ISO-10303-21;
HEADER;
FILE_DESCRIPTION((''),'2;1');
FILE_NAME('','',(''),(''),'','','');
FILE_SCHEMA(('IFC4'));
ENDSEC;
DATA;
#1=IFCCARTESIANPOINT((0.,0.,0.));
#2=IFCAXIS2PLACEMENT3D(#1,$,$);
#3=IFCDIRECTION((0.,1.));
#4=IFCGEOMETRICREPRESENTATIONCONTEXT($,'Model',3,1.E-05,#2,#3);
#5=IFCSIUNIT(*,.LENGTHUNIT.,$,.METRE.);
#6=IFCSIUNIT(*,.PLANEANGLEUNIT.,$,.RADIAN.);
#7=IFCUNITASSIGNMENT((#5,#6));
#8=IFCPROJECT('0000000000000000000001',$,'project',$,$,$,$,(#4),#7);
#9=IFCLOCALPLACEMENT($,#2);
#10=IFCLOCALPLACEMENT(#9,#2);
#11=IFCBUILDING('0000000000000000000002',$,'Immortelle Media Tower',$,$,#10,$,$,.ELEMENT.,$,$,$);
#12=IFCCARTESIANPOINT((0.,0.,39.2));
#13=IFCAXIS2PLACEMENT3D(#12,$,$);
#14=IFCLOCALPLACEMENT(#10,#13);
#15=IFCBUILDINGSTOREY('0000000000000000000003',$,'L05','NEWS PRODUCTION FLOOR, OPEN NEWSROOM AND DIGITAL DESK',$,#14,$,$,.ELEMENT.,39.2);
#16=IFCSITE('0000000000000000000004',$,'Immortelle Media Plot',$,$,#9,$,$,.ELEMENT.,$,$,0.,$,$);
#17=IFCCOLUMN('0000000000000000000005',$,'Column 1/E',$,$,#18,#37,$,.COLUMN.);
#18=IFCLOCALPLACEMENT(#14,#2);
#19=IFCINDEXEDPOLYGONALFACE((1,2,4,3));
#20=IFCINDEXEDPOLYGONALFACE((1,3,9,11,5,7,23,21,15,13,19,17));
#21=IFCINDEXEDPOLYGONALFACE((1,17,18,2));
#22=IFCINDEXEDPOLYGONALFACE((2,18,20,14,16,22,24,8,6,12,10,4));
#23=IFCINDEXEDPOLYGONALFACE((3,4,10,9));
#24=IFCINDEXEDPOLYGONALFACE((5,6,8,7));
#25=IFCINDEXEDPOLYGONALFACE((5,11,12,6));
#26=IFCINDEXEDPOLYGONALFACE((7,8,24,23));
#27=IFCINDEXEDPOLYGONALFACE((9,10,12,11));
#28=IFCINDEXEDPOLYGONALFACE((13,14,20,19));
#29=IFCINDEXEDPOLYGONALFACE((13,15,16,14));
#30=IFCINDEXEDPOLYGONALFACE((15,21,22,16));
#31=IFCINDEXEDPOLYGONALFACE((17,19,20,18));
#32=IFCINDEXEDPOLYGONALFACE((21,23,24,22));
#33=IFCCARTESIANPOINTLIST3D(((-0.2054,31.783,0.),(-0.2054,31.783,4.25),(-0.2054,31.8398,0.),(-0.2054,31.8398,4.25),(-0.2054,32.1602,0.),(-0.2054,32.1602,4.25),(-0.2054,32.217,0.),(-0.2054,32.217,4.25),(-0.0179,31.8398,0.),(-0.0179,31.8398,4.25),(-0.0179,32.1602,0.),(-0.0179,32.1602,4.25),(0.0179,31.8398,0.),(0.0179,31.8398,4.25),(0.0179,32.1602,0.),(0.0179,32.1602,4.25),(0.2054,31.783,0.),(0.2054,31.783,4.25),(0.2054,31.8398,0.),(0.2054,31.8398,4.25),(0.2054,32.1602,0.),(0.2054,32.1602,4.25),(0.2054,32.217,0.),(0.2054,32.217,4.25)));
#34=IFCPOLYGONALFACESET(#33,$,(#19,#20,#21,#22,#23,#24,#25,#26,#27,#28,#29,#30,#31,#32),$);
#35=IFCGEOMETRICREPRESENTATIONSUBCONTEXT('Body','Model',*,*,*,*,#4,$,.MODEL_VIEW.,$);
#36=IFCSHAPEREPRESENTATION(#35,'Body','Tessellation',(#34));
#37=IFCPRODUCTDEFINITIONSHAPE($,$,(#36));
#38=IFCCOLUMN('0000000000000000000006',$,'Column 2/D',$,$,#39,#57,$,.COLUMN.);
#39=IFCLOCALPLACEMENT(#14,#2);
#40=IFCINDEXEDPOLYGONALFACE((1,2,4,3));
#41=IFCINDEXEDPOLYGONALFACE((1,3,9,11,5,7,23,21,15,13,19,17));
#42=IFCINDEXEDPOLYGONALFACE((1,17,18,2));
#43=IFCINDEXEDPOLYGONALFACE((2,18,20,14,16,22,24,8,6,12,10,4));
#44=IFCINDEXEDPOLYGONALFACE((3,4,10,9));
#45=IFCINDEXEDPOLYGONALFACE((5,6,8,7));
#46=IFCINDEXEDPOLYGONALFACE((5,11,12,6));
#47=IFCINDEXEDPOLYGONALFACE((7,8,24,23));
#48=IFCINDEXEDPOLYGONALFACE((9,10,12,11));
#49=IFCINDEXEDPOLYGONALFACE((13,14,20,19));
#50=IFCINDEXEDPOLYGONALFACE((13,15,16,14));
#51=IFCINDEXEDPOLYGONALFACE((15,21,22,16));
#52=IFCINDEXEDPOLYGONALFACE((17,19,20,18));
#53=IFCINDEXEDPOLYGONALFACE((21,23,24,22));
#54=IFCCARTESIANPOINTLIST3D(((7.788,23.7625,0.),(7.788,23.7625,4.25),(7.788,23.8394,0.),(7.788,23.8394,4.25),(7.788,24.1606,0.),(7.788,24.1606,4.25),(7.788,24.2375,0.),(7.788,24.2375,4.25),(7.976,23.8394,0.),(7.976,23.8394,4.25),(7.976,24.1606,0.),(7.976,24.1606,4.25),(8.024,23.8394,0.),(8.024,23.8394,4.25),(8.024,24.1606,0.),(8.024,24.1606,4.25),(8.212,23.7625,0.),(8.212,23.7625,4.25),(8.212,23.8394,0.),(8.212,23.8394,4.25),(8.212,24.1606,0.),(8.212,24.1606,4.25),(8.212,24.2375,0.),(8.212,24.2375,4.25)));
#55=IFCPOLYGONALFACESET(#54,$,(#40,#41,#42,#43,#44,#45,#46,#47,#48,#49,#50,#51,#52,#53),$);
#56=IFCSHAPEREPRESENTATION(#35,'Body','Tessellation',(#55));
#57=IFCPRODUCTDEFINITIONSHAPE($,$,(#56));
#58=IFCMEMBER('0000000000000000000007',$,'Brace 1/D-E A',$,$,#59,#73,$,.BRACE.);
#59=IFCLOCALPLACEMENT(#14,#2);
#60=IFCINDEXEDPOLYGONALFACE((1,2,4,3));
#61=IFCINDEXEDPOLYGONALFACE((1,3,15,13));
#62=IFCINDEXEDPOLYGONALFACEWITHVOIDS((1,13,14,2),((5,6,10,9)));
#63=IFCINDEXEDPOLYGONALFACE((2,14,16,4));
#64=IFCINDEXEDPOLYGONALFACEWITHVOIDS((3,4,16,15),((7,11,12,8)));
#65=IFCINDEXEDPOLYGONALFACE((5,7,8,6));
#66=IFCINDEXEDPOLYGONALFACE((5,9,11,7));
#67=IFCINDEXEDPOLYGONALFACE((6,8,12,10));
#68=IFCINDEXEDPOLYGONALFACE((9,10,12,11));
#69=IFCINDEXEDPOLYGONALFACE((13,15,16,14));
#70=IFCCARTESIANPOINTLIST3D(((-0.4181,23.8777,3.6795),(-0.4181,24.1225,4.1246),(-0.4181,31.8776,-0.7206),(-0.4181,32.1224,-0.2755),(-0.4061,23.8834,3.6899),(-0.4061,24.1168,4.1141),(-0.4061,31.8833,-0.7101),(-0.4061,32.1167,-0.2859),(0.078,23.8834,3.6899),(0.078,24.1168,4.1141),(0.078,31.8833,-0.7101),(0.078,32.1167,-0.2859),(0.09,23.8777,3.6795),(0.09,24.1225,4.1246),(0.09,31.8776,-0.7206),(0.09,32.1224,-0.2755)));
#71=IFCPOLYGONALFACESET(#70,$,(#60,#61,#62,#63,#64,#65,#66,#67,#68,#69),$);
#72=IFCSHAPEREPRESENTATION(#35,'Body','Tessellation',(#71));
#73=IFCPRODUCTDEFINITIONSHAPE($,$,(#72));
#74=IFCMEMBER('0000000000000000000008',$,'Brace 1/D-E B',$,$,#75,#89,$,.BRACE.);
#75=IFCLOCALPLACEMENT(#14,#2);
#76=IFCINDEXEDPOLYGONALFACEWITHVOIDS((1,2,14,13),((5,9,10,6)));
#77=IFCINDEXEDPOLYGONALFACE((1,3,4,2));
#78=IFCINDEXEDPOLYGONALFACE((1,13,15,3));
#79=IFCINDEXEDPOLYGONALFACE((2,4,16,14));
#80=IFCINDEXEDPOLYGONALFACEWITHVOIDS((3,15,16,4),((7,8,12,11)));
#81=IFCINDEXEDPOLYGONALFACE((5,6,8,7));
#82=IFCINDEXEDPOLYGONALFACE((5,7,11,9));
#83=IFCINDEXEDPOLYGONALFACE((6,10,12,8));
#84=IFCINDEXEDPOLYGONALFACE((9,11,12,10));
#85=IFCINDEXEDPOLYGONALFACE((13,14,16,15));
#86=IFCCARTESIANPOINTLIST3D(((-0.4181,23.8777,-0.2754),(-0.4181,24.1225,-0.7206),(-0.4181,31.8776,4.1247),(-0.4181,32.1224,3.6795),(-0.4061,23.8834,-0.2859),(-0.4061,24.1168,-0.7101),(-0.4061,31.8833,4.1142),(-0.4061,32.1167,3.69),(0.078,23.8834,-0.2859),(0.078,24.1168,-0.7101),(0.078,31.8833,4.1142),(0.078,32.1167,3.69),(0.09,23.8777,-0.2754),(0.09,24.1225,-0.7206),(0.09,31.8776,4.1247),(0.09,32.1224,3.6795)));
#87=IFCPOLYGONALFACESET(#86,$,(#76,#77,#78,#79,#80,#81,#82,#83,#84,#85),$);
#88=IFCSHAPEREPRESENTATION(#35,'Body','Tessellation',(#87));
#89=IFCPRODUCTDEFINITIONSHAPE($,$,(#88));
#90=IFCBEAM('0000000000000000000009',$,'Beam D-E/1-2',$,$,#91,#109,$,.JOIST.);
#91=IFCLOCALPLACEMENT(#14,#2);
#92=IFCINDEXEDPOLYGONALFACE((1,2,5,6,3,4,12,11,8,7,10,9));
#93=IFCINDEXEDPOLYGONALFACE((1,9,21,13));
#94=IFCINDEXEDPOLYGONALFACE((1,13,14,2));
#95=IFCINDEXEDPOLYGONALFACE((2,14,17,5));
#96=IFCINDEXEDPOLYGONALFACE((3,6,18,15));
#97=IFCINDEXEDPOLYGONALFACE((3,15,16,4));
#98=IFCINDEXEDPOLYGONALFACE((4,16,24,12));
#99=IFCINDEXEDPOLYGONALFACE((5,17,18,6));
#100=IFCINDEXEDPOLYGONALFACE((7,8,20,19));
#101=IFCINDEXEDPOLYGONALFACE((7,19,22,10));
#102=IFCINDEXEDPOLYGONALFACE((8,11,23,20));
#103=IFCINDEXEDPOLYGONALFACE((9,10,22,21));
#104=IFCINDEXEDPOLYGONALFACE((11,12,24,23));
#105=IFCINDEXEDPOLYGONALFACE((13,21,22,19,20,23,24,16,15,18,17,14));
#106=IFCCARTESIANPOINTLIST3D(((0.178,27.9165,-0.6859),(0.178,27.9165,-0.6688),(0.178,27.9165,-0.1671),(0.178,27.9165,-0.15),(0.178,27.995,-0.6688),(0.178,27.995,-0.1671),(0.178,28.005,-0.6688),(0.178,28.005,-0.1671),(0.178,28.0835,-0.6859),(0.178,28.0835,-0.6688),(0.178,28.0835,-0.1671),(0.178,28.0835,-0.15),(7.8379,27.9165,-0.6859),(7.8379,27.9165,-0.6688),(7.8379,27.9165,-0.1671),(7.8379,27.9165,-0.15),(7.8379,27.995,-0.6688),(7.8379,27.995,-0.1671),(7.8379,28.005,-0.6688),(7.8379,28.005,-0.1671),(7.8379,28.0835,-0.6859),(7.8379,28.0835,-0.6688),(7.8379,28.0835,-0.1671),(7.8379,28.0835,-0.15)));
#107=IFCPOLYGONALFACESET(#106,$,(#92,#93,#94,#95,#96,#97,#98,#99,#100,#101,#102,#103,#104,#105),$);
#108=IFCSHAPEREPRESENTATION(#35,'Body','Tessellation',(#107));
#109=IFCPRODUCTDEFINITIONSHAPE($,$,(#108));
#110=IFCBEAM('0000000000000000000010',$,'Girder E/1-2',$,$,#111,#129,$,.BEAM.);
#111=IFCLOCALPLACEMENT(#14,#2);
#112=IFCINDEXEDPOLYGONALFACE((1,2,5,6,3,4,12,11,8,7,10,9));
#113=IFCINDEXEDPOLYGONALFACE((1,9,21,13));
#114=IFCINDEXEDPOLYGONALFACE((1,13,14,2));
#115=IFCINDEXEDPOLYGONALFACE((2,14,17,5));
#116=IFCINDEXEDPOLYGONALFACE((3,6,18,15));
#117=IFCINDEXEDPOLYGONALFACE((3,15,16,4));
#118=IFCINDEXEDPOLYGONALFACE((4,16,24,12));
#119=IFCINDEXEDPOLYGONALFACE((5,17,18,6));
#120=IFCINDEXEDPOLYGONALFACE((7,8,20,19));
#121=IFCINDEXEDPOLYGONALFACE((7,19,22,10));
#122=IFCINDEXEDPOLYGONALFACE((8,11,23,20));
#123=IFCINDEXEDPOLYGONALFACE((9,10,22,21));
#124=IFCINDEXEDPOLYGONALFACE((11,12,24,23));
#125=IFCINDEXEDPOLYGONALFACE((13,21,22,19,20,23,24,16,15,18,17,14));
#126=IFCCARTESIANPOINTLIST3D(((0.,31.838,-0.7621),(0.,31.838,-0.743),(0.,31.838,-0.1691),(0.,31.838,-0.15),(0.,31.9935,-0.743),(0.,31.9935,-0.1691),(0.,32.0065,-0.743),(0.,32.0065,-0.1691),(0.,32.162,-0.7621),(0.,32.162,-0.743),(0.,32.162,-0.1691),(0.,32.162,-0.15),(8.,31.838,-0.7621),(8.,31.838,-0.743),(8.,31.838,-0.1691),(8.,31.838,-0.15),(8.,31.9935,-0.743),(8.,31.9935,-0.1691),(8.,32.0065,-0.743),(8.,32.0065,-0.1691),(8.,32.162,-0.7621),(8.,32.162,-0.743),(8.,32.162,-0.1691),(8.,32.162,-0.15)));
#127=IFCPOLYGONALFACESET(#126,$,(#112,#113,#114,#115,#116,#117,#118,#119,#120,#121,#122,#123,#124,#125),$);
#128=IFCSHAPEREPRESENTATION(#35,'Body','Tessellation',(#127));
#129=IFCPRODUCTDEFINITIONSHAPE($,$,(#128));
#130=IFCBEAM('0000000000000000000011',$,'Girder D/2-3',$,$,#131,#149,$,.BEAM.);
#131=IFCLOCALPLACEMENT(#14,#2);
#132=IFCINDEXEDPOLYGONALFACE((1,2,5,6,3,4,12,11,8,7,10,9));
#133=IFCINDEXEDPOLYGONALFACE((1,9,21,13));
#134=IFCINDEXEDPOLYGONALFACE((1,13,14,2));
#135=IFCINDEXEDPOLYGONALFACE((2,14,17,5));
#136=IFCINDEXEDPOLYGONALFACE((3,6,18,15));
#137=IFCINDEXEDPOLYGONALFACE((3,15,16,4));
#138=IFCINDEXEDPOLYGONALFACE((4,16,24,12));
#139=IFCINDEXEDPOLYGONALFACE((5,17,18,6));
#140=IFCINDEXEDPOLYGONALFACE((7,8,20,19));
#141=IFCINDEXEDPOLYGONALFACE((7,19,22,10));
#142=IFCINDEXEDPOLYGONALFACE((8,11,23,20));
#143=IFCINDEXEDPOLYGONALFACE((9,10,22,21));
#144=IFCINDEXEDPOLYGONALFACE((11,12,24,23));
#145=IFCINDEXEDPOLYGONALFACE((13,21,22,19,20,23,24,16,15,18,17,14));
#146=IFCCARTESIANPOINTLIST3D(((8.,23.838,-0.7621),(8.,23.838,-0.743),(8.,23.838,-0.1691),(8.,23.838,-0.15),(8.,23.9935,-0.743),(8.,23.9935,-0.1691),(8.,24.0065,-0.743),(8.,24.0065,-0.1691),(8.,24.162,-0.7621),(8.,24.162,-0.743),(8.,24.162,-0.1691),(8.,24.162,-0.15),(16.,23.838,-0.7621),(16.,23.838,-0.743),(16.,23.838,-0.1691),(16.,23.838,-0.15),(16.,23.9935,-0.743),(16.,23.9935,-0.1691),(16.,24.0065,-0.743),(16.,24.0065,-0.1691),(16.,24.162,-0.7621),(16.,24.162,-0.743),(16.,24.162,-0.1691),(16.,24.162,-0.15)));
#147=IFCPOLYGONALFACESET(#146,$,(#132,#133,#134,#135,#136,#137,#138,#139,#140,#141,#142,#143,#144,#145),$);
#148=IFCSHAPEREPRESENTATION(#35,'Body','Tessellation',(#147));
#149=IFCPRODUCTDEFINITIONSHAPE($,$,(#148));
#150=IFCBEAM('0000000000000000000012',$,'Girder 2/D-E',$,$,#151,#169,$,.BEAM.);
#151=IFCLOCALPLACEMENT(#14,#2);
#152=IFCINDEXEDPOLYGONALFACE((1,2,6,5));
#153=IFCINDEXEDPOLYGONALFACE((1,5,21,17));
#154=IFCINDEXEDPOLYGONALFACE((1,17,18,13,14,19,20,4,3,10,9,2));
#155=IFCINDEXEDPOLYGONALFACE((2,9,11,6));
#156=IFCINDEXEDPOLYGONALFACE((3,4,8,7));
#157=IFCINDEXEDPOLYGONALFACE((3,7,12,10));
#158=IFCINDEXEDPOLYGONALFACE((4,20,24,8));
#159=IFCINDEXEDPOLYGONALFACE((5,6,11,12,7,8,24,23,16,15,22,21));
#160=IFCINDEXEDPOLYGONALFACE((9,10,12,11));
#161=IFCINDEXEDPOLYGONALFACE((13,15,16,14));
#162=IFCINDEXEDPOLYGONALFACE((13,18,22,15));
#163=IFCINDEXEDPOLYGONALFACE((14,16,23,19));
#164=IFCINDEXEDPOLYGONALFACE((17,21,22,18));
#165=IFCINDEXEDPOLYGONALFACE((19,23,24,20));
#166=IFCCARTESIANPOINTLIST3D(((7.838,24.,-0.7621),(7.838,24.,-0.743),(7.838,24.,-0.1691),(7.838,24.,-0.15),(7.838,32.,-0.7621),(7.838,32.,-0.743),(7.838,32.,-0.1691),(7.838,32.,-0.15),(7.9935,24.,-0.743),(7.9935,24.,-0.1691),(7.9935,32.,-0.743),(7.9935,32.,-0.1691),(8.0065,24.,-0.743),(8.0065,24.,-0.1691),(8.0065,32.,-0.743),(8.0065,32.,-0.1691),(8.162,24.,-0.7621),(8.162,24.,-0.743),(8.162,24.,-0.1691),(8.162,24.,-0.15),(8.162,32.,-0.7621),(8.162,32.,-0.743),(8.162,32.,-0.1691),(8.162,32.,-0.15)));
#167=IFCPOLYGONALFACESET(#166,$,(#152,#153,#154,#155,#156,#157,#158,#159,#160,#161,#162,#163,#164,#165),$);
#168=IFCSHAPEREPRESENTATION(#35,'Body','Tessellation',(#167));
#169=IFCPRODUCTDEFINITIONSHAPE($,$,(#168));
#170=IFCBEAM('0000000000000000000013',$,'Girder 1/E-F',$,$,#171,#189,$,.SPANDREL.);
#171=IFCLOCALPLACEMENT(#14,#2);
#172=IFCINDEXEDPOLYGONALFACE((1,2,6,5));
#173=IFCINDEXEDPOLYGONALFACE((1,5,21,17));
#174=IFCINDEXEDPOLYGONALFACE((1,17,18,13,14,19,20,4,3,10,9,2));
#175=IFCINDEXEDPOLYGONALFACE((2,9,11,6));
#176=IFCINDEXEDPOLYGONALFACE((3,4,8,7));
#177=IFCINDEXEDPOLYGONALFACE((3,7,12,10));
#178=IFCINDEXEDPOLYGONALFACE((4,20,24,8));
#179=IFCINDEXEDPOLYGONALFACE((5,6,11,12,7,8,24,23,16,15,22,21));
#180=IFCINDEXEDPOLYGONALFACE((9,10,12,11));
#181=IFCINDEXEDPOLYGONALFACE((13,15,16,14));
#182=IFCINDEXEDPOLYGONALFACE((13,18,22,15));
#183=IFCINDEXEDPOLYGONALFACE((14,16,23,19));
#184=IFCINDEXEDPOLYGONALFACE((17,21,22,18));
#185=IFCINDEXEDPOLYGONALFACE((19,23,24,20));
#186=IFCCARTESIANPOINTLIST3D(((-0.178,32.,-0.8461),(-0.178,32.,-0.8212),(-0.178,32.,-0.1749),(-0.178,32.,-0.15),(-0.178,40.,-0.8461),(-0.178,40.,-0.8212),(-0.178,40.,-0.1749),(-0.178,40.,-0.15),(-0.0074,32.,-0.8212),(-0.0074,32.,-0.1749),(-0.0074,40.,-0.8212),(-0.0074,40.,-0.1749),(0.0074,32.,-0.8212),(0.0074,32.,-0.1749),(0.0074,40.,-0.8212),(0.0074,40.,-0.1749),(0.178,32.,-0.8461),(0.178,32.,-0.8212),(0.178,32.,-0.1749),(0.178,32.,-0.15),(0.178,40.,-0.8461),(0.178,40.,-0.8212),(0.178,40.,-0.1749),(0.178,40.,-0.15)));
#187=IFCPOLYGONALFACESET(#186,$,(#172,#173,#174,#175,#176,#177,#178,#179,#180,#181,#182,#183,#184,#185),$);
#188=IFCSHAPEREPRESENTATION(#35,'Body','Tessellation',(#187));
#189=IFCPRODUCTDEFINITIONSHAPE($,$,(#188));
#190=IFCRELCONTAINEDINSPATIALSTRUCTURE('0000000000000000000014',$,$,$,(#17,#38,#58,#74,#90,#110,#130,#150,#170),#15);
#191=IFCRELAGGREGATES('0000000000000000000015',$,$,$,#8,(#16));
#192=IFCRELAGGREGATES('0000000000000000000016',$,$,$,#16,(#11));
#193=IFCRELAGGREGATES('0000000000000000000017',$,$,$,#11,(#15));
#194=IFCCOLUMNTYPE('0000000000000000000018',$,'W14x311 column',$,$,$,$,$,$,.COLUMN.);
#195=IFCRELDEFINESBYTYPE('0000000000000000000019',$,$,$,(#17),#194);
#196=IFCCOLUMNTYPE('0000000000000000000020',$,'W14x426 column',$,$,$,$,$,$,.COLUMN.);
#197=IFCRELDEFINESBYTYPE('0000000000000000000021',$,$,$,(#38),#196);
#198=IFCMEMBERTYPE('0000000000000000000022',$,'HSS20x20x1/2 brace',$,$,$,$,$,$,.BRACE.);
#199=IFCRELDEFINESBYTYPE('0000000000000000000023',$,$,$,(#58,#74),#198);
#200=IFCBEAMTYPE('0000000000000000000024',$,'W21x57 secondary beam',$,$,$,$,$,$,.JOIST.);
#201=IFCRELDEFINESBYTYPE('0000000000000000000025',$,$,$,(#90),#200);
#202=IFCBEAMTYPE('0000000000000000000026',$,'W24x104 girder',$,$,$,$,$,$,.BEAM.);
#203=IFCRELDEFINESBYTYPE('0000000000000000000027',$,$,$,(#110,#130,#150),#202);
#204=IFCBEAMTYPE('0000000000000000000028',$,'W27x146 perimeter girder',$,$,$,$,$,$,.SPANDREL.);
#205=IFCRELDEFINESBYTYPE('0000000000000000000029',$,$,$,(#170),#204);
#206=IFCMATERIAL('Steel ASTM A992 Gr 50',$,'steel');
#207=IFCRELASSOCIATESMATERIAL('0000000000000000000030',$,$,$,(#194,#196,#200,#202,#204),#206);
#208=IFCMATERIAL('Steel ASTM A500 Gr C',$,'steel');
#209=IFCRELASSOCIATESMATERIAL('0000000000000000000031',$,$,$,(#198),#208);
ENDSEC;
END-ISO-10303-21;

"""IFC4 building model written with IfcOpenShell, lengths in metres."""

from ifc_helpers import new_model, si_unit, direction, frame, origin, origin_2d, place, context, subcontext, project, spatial, hollow_rectangle, i_section, extrude, material, material_profile, profile_set, type_object, element, save


model = new_model("IFC4")

# Units and contexts
model_context = context("Model", 3, precision=1e-05, world=origin(), true_north=direction((0.0, 1.0)))
body_context = subcontext(model_context, "Body", "Model", "MODEL_VIEW")
ifc_project = project(units=[si_unit("LENGTHUNIT", "METRE"), si_unit("PLANEANGLEUNIT", "RADIAN")], contexts=[model_context])

# Site, building, storey
site_placement = place(None, origin())
site = spatial("IfcSite", under=ifc_project, at=site_placement, Name="Immortelle Media Plot", CompositionType="ELEMENT", RefElevation=0.0)
building_placement = place(site_placement, origin())
building = spatial("IfcBuilding", under=site, at=building_placement, Name="Immortelle Media Tower", CompositionType="ELEMENT")
storey_placement = place(building_placement, frame((0.0, 0.0, 39.2)))
storey = spatial("IfcBuildingStorey", under=building, at=storey_placement, Name="L05", Description="NEWS PRODUCTION FLOOR, OPEN NEWSROOM AND DIGITAL DESK", CompositionType="ELEMENT", Elevation=39.2)

# Columns
ifc_material_1 = material(Name="Steel ASTM A992 Gr 50", Category="steel")
ifc_material_profile_1 = material_profile(ifc_material_1, i_section(OverallWidth=0.4109, OverallDepth=0.4341, WebThickness=0.0359, FlangeThickness=0.0569, at=origin_2d()), Name="W14x311")
ifc_profile_set_1 = profile_set([ifc_material_profile_1], Name="Steel ASTM A992 Gr 50")
column_type_1 = type_object("IfcColumnType", Name="W14x311 column", PredefinedType="COLUMN", material=ifc_profile_set_1)
column_1_placement = place(storey_placement, frame((0.0, 32.0, 0.0), z_axis=(0.0, 0.0, 1.0), x_axis=(1.0, 0.0, 0.0)))
element("IfcColumn", 1, at=column_1_placement, inside=storey, type_object=column_type_1, Name="Column 1/E", PredefinedType="COLUMN", context=body_context, shape_type="SweptSolid", body=[
    extrude(i_section(OverallWidth=0.4109, OverallDepth=0.4341, WebThickness=0.0359, FlangeThickness=0.0569, at=origin_2d()), origin(), (0.0, 0.0, 1.0), 4.25),
])
ifc_material_profile_2 = material_profile(ifc_material_1, i_section(OverallWidth=0.4241, OverallDepth=0.4751, WebThickness=0.0481, FlangeThickness=0.0769, at=origin_2d()), Name="W14x426")
ifc_profile_set_2 = profile_set([ifc_material_profile_2], Name="Steel ASTM A992 Gr 50")
column_type_2 = type_object("IfcColumnType", Name="W14x426 column", PredefinedType="COLUMN", material=ifc_profile_set_2)
column_2_placement = place(storey_placement, frame((8.0, 24.0, 0.0), z_axis=(0.0, 0.0, 1.0), x_axis=(1.0, 0.0, 0.0)))
element("IfcColumn", 2, at=column_2_placement, inside=storey, type_object=column_type_2, Name="Column 2/D", PredefinedType="COLUMN", context=body_context, shape_type="SweptSolid", body=[
    extrude(i_section(OverallWidth=0.4241, OverallDepth=0.4751, WebThickness=0.0481, FlangeThickness=0.0769, at=origin_2d()), origin(), (0.0, 0.0, 1.0), 4.25),
])

# Members
ifc_material_2 = material(Name="Steel ASTM A500 Gr C", Category="steel")
ifc_material_profile_3 = material_profile(ifc_material_2, hollow_rectangle(XDim=0.5081, YDim=0.5081, WallThickness=0.012, at=origin_2d()), Name="HSS20x20x1/2 brace")
ifc_profile_set_3 = profile_set([ifc_material_profile_3], Name="Steel ASTM A500 Gr C")
member_type = type_object("IfcMemberType", Name="HSS20x20x1/2 brace", PredefinedType="BRACE", material=ifc_profile_set_3)
for number, where, z_axis, x_axis, name in (
    (3, (-0.1641, 32.0, -0.498), (0.0, -0.876209, 0.481931), (1.0, 0.0, 0.0), "Brace 1/D-E A"),
    (4, (-0.1641, 32.0, 3.9021), (0.0, -0.876209, -0.481931), (1.0, 0.0, 0.0), "Brace 1/D-E B"),
):
    element("IfcMember", number, at=place(storey_placement, frame(where, z_axis=z_axis, x_axis=x_axis)), inside=storey, type_object=member_type, Name=name, PredefinedType="BRACE", context=body_context, shape_type="SweptSolid", body=[
        extrude(hollow_rectangle(XDim=0.5081, YDim=0.5081, WallThickness=0.012, at=origin_2d()), origin(), (0.0, 0.0, 1.0), 9.1301),
    ])

# Beams
ifc_material_profile_4 = material_profile(ifc_material_1, i_section(OverallWidth=0.167, OverallDepth=0.5359, WebThickness=0.01, FlangeThickness=0.0171, at=origin_2d()), Name="W21x57")
ifc_profile_set_4 = profile_set([ifc_material_profile_4], Name="Steel ASTM A992 Gr 50")
beam_type_1 = type_object("IfcBeamType", Name="W21x57 secondary beam", PredefinedType="JOIST", material=ifc_profile_set_4)
beam_1_placement = place(storey_placement, frame((0.178, 28.0, -0.418), z_axis=(1.0, 0.0, 0.0), x_axis=(0.0, 1.0, 0.0)))
element("IfcBeam", 5, at=beam_1_placement, inside=storey, type_object=beam_type_1, Name="Beam D-E/1-2", PredefinedType="JOIST", context=body_context, shape_type="SweptSolid", body=[
    extrude(i_section(OverallWidth=0.167, OverallDepth=0.5359, WebThickness=0.01, FlangeThickness=0.0171, at=origin_2d()), origin(), (0.0, 0.0, 1.0), 7.6599),
])
ifc_material_profile_5 = material_profile(ifc_material_1, i_section(OverallWidth=0.324, OverallDepth=0.6121, WebThickness=0.0129, FlangeThickness=0.019, at=origin_2d()), Name="W24x104")
ifc_profile_set_5 = profile_set([ifc_material_profile_5], Name="Steel ASTM A992 Gr 50")
beam_type_2 = type_object("IfcBeamType", Name="W24x104 girder", PredefinedType="BEAM", material=ifc_profile_set_5)
for number, where, z_axis, x_axis, name in (
    (6, (0.0, 32.0, -0.4561), (1.0, 0.0, 0.0), (0.0, 1.0, 0.0), "Girder E/1-2"),
    (7, (8.0, 24.0, -0.4561), (1.0, 0.0, 0.0), (0.0, 1.0, 0.0), "Girder D/2-3"),
    (8, (8.0, 24.0, -0.4561), (0.0, 1.0, 0.0), (-1.0, 0.0, 0.0), "Girder 2/D-E"),
):
    element("IfcBeam", number, at=place(storey_placement, frame(where, z_axis=z_axis, x_axis=x_axis)), inside=storey, type_object=beam_type_2, Name=name, PredefinedType="BEAM", context=body_context, shape_type="SweptSolid", body=[
        extrude(i_section(OverallWidth=0.324, OverallDepth=0.6121, WebThickness=0.0129, FlangeThickness=0.019, at=origin_2d()), origin(), (0.0, 0.0, 1.0), 8.0),
    ])
ifc_material_profile_6 = material_profile(ifc_material_1, i_section(OverallWidth=0.356, OverallDepth=0.696, WebThickness=0.0149, FlangeThickness=0.0249, at=origin_2d()), Name="W27x146")
ifc_profile_set_6 = profile_set([ifc_material_profile_6], Name="Steel ASTM A992 Gr 50")
beam_type_3 = type_object("IfcBeamType", Name="W27x146 perimeter girder", PredefinedType="SPANDREL", material=ifc_profile_set_6)
beam_2_placement = place(storey_placement, frame((0.0, 32.0, -0.498), z_axis=(0.0, 1.0, 0.0), x_axis=(-1.0, 0.0, 0.0)))
element("IfcBeam", 9, at=beam_2_placement, inside=storey, type_object=beam_type_3, Name="Girder 1/E-F", PredefinedType="SPANDREL", context=body_context, shape_type="SweptSolid", body=[
    extrude(i_section(OverallWidth=0.356, OverallDepth=0.696, WebThickness=0.0149, FlangeThickness=0.0249, at=origin_2d()), origin(), (0.0, 0.0, 1.0), 8.0),
])

save(model, "model.ifc")
